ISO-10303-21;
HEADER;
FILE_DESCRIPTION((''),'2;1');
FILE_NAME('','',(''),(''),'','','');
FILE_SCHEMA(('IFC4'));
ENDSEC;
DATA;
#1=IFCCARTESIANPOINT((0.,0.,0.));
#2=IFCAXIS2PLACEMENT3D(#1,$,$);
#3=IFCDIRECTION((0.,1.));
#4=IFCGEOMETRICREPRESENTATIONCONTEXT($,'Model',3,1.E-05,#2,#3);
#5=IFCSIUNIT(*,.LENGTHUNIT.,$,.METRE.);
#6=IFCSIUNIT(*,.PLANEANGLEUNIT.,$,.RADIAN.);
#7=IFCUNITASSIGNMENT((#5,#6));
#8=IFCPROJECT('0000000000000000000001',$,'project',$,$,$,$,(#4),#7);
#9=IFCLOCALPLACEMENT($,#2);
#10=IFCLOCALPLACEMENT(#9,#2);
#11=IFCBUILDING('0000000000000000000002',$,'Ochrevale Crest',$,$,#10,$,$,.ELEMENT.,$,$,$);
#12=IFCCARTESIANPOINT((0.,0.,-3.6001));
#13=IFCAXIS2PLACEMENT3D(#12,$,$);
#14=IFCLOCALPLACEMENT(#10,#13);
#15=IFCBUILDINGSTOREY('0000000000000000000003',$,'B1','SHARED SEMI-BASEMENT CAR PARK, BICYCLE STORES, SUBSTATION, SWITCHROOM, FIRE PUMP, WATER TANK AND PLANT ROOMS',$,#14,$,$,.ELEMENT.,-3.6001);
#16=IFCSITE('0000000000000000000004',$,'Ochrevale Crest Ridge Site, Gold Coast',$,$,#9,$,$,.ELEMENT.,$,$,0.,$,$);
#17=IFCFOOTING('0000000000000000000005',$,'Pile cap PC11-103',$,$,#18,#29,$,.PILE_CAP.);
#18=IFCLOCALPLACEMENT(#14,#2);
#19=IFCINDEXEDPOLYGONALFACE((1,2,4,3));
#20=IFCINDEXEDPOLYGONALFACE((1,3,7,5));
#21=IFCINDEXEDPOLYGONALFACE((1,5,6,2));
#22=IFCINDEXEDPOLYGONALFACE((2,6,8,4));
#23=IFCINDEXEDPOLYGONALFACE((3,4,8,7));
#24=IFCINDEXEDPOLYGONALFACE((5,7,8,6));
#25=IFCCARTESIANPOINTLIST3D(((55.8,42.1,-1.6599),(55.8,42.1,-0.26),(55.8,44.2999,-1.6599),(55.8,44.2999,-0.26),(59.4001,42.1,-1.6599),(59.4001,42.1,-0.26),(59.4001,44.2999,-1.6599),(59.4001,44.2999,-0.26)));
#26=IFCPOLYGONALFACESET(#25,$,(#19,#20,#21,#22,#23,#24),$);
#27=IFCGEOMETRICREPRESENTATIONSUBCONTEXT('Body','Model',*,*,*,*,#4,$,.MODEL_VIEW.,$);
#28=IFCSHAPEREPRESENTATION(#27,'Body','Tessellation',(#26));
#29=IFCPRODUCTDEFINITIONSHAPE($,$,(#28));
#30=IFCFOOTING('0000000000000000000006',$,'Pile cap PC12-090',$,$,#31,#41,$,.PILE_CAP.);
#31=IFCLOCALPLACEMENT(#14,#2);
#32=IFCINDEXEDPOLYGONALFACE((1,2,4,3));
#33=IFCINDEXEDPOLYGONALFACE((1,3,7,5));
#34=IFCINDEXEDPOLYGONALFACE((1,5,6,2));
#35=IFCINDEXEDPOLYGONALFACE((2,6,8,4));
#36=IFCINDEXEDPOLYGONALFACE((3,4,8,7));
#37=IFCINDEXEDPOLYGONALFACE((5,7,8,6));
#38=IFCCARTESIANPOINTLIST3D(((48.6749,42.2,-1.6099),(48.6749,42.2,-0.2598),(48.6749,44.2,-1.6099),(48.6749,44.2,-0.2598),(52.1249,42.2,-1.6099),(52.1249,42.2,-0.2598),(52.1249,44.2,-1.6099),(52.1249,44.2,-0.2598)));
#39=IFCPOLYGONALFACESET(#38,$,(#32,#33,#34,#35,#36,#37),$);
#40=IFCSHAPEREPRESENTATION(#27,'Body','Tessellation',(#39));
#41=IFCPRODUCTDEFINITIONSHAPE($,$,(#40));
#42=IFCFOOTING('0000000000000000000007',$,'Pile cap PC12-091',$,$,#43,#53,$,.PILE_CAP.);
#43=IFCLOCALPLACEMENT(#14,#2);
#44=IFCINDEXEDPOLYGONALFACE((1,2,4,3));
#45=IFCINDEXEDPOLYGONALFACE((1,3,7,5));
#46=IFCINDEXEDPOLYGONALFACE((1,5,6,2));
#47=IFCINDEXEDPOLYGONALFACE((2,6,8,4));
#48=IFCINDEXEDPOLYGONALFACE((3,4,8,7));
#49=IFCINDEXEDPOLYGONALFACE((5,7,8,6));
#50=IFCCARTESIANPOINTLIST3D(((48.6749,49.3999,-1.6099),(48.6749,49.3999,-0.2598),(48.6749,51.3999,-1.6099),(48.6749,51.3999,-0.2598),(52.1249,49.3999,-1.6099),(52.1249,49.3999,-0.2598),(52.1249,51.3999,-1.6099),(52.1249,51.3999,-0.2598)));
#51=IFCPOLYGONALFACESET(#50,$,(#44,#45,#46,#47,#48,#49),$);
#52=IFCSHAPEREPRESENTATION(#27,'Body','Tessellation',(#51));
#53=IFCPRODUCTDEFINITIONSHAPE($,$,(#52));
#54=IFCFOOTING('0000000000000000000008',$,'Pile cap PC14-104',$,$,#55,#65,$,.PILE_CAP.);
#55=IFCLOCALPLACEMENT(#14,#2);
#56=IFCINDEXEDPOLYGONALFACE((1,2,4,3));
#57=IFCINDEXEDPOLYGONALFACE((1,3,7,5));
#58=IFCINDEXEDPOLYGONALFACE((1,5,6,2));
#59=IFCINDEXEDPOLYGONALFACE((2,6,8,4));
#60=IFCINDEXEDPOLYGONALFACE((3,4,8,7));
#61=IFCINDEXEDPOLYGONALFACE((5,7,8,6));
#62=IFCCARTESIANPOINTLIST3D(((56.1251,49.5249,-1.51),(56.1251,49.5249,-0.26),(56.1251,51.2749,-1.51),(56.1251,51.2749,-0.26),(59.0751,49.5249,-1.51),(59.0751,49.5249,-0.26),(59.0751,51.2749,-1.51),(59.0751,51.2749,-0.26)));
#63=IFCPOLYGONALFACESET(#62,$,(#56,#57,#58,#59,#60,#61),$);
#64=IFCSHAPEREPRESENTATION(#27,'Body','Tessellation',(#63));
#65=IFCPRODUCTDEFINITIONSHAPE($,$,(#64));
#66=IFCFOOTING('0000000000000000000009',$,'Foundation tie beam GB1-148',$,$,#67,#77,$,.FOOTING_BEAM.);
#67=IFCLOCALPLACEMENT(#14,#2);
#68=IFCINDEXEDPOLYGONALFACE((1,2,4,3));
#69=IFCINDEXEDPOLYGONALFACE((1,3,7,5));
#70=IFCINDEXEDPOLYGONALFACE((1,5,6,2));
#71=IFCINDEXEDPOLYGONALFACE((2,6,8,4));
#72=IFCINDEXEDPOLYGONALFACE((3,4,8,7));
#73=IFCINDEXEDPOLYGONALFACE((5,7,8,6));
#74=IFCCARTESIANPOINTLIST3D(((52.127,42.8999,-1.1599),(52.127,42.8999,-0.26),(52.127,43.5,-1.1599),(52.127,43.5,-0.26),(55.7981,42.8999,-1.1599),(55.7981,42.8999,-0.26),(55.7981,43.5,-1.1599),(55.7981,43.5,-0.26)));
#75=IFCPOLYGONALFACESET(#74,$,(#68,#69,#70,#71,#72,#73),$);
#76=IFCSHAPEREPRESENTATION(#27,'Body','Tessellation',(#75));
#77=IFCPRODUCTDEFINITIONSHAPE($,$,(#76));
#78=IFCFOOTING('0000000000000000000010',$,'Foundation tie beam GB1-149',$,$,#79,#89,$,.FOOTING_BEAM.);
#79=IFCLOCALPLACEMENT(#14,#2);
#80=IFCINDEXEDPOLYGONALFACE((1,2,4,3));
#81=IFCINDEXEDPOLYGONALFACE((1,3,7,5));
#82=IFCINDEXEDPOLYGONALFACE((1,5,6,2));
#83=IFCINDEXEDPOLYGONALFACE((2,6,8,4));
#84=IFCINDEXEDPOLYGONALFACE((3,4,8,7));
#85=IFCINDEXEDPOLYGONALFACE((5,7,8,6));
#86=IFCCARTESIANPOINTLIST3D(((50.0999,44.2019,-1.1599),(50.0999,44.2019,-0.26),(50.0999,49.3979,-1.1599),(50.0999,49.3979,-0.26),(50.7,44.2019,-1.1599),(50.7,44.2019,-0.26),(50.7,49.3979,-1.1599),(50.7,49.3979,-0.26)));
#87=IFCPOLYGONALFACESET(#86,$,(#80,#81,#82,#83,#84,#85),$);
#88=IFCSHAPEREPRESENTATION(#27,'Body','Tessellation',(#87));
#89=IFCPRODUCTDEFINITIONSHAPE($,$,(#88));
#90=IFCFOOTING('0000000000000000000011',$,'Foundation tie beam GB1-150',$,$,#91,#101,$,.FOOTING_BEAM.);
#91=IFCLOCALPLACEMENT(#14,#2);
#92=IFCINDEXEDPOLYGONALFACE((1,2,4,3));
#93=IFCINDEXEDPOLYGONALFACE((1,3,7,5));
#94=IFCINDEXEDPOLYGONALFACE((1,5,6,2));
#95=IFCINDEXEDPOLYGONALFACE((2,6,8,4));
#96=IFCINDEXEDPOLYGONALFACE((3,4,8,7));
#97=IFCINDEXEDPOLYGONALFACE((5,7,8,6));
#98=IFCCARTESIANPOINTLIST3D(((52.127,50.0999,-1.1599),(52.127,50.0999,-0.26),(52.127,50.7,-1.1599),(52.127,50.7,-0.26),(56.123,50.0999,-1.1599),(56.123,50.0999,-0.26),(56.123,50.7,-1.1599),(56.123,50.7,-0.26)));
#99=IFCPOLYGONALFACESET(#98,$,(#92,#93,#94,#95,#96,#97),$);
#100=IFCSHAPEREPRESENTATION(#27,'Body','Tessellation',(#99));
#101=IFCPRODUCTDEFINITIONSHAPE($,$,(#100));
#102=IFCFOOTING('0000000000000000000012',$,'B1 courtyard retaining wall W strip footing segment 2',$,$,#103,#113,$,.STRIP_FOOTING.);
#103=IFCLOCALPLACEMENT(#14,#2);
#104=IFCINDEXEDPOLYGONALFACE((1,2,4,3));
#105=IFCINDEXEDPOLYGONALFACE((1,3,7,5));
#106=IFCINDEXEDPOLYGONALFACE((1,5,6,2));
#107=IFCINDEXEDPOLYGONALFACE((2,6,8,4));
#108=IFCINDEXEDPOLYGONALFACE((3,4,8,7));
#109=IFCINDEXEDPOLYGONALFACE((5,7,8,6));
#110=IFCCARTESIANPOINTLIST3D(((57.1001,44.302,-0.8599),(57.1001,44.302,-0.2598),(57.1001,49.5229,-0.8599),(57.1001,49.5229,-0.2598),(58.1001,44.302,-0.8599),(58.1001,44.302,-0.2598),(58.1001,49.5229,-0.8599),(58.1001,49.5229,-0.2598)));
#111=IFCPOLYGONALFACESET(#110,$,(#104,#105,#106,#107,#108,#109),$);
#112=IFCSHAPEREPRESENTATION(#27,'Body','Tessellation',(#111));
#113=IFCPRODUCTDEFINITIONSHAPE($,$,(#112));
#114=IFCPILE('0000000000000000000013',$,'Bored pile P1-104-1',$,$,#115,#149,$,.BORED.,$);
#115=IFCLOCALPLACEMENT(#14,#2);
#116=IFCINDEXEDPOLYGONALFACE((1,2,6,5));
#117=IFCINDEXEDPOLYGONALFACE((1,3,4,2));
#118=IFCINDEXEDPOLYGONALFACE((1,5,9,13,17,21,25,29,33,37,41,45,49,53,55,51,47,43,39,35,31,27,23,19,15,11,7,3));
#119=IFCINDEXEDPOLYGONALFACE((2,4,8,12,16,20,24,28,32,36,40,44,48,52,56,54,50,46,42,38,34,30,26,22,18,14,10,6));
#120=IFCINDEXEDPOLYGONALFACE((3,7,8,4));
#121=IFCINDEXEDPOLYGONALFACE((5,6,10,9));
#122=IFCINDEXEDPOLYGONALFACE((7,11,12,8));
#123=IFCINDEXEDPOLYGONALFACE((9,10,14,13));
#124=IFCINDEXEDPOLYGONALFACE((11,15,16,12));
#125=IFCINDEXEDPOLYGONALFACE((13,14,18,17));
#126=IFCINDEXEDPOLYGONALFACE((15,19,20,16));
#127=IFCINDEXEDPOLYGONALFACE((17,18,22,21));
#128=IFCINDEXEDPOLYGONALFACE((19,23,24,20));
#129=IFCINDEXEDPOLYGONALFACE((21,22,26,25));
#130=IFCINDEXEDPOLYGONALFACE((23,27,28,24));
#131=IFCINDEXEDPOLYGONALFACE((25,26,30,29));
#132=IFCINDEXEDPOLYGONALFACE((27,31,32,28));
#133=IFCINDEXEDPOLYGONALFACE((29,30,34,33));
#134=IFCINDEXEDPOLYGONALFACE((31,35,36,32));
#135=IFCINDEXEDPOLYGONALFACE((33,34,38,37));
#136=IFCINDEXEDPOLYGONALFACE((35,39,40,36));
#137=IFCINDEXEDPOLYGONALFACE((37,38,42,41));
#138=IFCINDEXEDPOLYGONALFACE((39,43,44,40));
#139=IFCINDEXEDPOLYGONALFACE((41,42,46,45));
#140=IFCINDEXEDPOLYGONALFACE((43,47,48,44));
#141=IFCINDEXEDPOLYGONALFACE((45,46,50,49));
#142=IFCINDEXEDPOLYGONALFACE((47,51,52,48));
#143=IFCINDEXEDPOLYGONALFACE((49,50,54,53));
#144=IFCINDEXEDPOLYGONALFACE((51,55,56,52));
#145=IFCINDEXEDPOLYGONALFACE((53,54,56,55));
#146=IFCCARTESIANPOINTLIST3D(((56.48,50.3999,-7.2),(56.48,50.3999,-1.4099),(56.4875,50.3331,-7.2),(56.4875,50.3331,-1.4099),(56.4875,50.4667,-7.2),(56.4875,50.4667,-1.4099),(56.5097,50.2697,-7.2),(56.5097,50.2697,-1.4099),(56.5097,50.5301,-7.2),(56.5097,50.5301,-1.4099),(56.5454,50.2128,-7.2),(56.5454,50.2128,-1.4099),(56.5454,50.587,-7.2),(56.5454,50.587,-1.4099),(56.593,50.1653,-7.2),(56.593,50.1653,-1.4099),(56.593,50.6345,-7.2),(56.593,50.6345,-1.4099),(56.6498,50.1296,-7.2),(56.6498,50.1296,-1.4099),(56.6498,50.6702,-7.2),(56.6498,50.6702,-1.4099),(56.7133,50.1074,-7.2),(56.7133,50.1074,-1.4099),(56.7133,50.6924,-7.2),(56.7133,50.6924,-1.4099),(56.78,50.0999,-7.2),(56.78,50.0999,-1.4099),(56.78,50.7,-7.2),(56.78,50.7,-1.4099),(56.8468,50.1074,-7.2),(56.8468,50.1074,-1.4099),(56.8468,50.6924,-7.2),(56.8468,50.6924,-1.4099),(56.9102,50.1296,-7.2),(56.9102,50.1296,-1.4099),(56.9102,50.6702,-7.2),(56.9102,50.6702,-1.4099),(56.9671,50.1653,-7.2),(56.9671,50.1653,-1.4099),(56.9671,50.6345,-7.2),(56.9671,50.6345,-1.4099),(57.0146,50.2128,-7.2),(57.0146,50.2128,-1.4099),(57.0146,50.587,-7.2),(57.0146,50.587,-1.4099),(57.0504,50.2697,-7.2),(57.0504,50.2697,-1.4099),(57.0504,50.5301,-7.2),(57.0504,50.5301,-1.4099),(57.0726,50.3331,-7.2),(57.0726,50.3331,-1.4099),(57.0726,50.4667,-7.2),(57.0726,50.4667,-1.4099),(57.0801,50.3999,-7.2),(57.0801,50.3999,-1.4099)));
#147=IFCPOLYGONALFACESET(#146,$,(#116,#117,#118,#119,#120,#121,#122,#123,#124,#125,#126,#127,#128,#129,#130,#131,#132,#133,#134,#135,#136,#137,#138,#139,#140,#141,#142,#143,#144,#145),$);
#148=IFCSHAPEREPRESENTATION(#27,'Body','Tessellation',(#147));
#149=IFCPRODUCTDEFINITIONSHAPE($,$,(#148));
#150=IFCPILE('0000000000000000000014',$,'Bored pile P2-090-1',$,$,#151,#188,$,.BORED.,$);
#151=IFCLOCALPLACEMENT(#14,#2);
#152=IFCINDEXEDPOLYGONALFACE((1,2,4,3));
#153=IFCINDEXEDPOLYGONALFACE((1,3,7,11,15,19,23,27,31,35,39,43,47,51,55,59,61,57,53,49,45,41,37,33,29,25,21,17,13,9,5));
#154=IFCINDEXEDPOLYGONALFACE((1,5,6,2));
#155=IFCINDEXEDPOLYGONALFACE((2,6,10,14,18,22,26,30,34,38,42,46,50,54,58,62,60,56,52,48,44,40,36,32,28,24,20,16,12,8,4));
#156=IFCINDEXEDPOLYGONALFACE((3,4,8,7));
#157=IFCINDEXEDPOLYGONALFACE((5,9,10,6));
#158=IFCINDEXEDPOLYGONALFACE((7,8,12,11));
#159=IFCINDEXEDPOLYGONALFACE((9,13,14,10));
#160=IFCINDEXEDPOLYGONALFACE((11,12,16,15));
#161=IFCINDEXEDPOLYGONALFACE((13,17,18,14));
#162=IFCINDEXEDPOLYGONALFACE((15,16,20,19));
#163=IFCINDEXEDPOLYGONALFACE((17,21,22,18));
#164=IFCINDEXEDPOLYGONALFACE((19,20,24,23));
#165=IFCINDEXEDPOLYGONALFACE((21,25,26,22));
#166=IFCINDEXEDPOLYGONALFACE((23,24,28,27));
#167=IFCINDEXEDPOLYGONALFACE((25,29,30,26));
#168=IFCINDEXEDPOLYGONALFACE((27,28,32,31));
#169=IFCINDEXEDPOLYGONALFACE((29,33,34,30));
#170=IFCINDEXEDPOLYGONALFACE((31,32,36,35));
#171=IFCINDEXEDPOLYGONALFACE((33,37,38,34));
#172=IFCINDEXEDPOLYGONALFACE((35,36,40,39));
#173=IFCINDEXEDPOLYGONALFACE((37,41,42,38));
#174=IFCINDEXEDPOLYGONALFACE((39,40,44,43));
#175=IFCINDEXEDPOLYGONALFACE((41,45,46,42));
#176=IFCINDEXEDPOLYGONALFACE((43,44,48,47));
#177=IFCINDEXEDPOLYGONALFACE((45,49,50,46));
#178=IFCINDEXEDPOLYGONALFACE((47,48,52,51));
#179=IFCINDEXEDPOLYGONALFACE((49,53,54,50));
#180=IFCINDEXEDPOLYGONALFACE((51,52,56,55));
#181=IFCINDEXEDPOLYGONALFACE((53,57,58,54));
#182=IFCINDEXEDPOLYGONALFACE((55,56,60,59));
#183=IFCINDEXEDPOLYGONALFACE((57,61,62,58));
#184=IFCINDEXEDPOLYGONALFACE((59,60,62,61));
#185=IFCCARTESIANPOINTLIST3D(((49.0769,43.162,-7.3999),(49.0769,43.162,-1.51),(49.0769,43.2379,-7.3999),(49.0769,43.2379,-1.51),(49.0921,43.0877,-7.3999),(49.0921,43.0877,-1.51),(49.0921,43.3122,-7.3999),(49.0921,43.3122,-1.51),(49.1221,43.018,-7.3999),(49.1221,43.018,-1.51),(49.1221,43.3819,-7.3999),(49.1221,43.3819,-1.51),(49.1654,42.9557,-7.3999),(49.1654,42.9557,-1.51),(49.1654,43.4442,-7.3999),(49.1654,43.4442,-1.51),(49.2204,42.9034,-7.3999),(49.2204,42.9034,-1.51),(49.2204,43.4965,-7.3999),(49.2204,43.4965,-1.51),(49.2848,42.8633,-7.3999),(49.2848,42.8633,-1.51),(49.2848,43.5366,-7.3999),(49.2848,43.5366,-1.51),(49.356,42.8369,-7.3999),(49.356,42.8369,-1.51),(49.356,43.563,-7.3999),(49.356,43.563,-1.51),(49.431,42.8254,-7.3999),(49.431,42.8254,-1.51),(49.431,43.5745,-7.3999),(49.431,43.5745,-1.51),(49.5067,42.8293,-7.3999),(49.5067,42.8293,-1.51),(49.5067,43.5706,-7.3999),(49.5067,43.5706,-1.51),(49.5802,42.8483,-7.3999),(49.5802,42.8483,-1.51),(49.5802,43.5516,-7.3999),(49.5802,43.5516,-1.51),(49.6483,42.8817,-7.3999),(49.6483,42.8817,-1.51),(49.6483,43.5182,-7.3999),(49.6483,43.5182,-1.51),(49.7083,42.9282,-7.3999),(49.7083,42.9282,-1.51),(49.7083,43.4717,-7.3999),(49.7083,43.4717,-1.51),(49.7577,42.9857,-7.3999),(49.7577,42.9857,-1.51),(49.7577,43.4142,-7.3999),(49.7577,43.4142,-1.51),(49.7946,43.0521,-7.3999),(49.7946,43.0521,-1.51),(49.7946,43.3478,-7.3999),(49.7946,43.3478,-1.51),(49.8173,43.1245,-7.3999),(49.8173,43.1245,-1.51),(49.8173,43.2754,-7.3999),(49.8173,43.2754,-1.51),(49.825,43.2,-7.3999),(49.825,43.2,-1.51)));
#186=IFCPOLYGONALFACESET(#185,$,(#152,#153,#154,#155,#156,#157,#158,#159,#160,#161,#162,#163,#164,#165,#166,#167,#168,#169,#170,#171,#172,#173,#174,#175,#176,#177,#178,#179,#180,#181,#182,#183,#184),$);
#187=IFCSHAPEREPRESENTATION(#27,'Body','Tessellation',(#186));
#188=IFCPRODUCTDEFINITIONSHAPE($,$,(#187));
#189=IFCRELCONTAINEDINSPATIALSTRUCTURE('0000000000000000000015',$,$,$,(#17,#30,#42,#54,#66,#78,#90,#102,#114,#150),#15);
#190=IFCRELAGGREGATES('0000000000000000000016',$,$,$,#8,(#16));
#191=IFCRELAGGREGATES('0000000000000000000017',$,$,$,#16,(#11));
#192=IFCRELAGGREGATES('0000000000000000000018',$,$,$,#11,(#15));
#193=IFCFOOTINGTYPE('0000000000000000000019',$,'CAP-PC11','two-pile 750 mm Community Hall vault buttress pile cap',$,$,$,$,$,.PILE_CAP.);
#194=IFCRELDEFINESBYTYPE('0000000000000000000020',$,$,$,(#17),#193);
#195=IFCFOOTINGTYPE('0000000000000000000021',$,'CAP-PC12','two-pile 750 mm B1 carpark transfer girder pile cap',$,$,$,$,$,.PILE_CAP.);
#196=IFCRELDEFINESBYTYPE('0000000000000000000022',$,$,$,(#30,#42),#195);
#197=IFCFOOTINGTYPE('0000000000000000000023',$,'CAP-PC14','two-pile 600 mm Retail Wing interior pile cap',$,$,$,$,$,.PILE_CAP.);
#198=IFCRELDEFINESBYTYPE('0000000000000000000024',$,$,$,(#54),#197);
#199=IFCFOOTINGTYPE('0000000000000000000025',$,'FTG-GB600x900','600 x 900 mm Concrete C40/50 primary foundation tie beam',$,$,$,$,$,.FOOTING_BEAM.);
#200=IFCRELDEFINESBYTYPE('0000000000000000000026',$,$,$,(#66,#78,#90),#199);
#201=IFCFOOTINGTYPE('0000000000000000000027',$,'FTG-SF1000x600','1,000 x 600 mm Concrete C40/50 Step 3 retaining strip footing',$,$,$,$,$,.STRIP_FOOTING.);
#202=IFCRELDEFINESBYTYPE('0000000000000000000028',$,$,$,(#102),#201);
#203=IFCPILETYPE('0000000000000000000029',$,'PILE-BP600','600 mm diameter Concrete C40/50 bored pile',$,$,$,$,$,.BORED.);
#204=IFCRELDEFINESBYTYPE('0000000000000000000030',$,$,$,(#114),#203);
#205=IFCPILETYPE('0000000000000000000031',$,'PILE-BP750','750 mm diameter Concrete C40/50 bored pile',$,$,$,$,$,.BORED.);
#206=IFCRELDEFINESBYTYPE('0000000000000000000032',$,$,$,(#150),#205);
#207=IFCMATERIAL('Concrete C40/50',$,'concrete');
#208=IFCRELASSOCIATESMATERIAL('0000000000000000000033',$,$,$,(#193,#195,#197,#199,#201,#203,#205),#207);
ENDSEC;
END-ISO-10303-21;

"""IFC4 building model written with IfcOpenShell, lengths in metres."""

from ifc_helpers import new_model, si_unit, direction, frame, origin, origin_2d, place, context, subcontext, project, spatial, rectangle, circle, extrude, material, material_profile, profile_set, type_object, element, save


model = new_model("IFC4")

# Units and contexts
model_context = context("Model", 3, precision=1e-05, world=origin(), true_north=direction((0.0, 1.0)))
body_context = subcontext(model_context, "Body", "Model", "MODEL_VIEW")
ifc_project = project(units=[si_unit("LENGTHUNIT", "METRE"), si_unit("PLANEANGLEUNIT", "RADIAN")], contexts=[model_context])

# Site, building, storey
site_placement = place(None, origin())
site = spatial("IfcSite", under=ifc_project, at=site_placement, Name="Ochrevale Crest Ridge Site, Gold Coast", CompositionType="ELEMENT", RefElevation=0.0)
building_placement = place(site_placement, origin())
building = spatial("IfcBuilding", under=site, at=building_placement, Name="Ochrevale Crest", CompositionType="ELEMENT")
storey_placement = place(building_placement, frame((0.0, 0.0, -3.6001)))
storey = spatial("IfcBuildingStorey", under=building, at=storey_placement, Name="B1", Description="SHARED SEMI-BASEMENT CAR PARK, BICYCLE STORES, SUBSTATION, SWITCHROOM, FIRE PUMP, WATER TANK AND PLANT ROOMS", CompositionType="ELEMENT", Elevation=-3.6001)

# Footings
ifc_material_1 = material(Name="Concrete C40/50", Category="concrete")
footing_type_1 = type_object("IfcFootingType", Name="CAP-PC11", Description="two-pile 750 mm Community Hall vault buttress pile cap", PredefinedType="PILE_CAP", material=ifc_material_1)
footing_1_placement = place(storey_placement, frame((57.6001, 43.2, -1.6599), z_axis=(0.0, 0.0, 1.0), x_axis=(1.0, 0.0, 0.0)))
element("IfcFooting", 1, at=footing_1_placement, inside=storey, type_object=footing_type_1, Name="Pile cap PC11-103", PredefinedType="PILE_CAP", context=body_context, shape_type="SweptSolid", body=[
    extrude(rectangle(XDim=3.6001, YDim=2.2, at=origin_2d()), origin(), (0.0, 0.0, 1.0), 1.3999),
])
footing_type_2 = type_object("IfcFootingType", Name="CAP-PC12", Description="two-pile 750 mm B1 carpark transfer girder pile cap", PredefinedType="PILE_CAP", material=ifc_material_1)
for number, where, z_axis, x_axis, name in (
    (2, (50.3999, 43.2, -1.6099), (0.0, 0.0, 1.0), (1.0, 0.0, 0.0), "Pile cap PC12-090"),
    (3, (50.3999, 50.3999, -1.6099), (0.0, 0.0, 1.0), (1.0, 0.0, 0.0), "Pile cap PC12-091"),
):
    element("IfcFooting", number, at=place(storey_placement, frame(where, z_axis=z_axis, x_axis=x_axis)), inside=storey, type_object=footing_type_2, Name=name, PredefinedType="PILE_CAP", context=body_context, shape_type="SweptSolid", body=[
        extrude(rectangle(XDim=3.45, YDim=2.0, at=origin_2d()), origin(), (0.0, 0.0, 1.0), 1.3501),
    ])
footing_type_3 = type_object("IfcFootingType", Name="CAP-PC14", Description="two-pile 600 mm Retail Wing interior pile cap", PredefinedType="PILE_CAP", material=ifc_material_1)
footing_2_placement = place(storey_placement, frame((57.6001, 50.3999, -1.51), z_axis=(0.0, 0.0, 1.0), x_axis=(1.0, 0.0, 0.0)))
element("IfcFooting", 4, at=footing_2_placement, inside=storey, type_object=footing_type_3, Name="Pile cap PC14-104", PredefinedType="PILE_CAP", context=body_context, shape_type="SweptSolid", body=[
    extrude(rectangle(XDim=2.95, YDim=1.75, at=origin_2d()), origin(), (0.0, 0.0, 1.0), 1.25),
])
ifc_material_profile_1 = material_profile(ifc_material_1, rectangle(XDim=0.6001, YDim=0.8999, at=origin_2d()), Name="GB 600x900")
ifc_profile_set_1 = profile_set([ifc_material_profile_1], Name="Concrete C40/50")
footing_type_4 = type_object("IfcFootingType", Name="FTG-GB600x900", Description="600 x 900 mm Concrete C40/50 primary foundation tie beam", PredefinedType="FOOTING_BEAM", material=ifc_profile_set_1)
footing_3_placement = place(storey_placement, frame((52.127, 43.2, -0.71), z_axis=(1.0, 0.0, 0.0), x_axis=(0.0, 1.0, 0.0)))
element("IfcFooting", 5, at=footing_3_placement, inside=storey, type_object=footing_type_4, Name="Foundation tie beam GB1-148", PredefinedType="FOOTING_BEAM", context=body_context, shape_type="SweptSolid", body=[
    extrude(rectangle(XDim=0.6001, YDim=0.8999, at=origin_2d()), origin(), (0.0, 0.0, 1.0), 3.6711),
])
footing_4_placement = place(storey_placement, frame((50.3999, 44.2019, -0.71), z_axis=(0.0, 1.0, 0.0), x_axis=(-1.0, 0.0, 0.0)))
element("IfcFooting", 6, at=footing_4_placement, inside=storey, type_object=footing_type_4, Name="Foundation tie beam GB1-149", PredefinedType="FOOTING_BEAM", context=body_context, shape_type="SweptSolid", body=[
    extrude(rectangle(XDim=0.6001, YDim=0.8999, at=origin_2d()), origin(), (0.0, 0.0, 1.0), 5.196),
])
footing_5_placement = place(storey_placement, frame((52.127, 50.3999, -0.71), z_axis=(1.0, 0.0, 0.0), x_axis=(0.0, 1.0, 0.0)))
element("IfcFooting", 7, at=footing_5_placement, inside=storey, type_object=footing_type_4, Name="Foundation tie beam GB1-150", PredefinedType="FOOTING_BEAM", context=body_context, shape_type="SweptSolid", body=[
    extrude(rectangle(XDim=0.6001, YDim=0.8999, at=origin_2d()), origin(), (0.0, 0.0, 1.0), 3.9961),
])
ifc_material_profile_2 = material_profile(ifc_material_1, rectangle(XDim=1.0, YDim=0.6001, at=origin_2d()), Name="SF 1000x600")
ifc_profile_set_2 = profile_set([ifc_material_profile_2], Name="Concrete C40/50")
footing_type_5 = type_object("IfcFootingType", Name="FTG-SF1000x600", Description="1,000 x 600 mm Concrete C40/50 Step 3 retaining strip footing", PredefinedType="STRIP_FOOTING", material=ifc_profile_set_2)
footing_6_placement = place(storey_placement, frame((57.6001, 44.302, -0.5598), z_axis=(0.0, 1.0, 0.0), x_axis=(-1.0, 0.0, 0.0)))
element("IfcFooting", 8, at=footing_6_placement, inside=storey, type_object=footing_type_5, Name="B1 courtyard retaining wall W strip footing segment 2", PredefinedType="STRIP_FOOTING", context=body_context, shape_type="SweptSolid", body=[
    extrude(rectangle(XDim=1.0, YDim=0.6001, at=origin_2d()), origin(), (0.0, 0.0, 1.0), 5.2209),
])

# Piles
ifc_material_profile_3 = material_profile(ifc_material_1, circle(Radius=0.3, at=origin_2d()), Name="BORED PILE 600")
ifc_profile_set_3 = profile_set([ifc_material_profile_3], Name="Concrete C40/50")
pile_type_1 = type_object("IfcPileType", Name="PILE-BP600", Description="600 mm diameter Concrete C40/50 bored pile", PredefinedType="BORED", material=ifc_profile_set_3)
pile_1_placement = place(storey_placement, frame((56.78, 50.3999, -1.4099), z_axis=(0.0, 0.0, -1.0), x_axis=(1.0, 0.0, 0.0)))
element("IfcPile", 9, at=pile_1_placement, inside=storey, type_object=pile_type_1, Name="Bored pile P1-104-1", PredefinedType="BORED", context=body_context, shape_type="SweptSolid", body=[
    extrude(circle(Radius=0.3, at=origin_2d()), origin(), (0.0, 0.0, 1.0), 5.79),
])
ifc_material_profile_4 = material_profile(ifc_material_1, circle(Radius=0.375, at=origin_2d()), Name="BORED PILE 750")
ifc_profile_set_4 = profile_set([ifc_material_profile_4], Name="Concrete C40/50")
pile_type_2 = type_object("IfcPileType", Name="PILE-BP750", Description="750 mm diameter Concrete C40/50 bored pile", PredefinedType="BORED", material=ifc_profile_set_4)
for number, where, z_axis, x_axis, name in (
    (10, (49.45, 43.2, -1.51), (0.0, 0.0, -1.0), (1.0, 0.0, 0.0), "Bored pile P2-090-1"),
):
    element("IfcPile", number, at=place(storey_placement, frame(where, z_axis=z_axis, x_axis=x_axis)), inside=storey, type_object=pile_type_2, Name=name, PredefinedType="BORED", context=body_context, shape_type="SweptSolid", body=[
        extrude(circle(Radius=0.375, at=origin_2d()), origin(), (0.0, 0.0, 1.0), 5.8899),
    ])

save(model, "model.ifc")
